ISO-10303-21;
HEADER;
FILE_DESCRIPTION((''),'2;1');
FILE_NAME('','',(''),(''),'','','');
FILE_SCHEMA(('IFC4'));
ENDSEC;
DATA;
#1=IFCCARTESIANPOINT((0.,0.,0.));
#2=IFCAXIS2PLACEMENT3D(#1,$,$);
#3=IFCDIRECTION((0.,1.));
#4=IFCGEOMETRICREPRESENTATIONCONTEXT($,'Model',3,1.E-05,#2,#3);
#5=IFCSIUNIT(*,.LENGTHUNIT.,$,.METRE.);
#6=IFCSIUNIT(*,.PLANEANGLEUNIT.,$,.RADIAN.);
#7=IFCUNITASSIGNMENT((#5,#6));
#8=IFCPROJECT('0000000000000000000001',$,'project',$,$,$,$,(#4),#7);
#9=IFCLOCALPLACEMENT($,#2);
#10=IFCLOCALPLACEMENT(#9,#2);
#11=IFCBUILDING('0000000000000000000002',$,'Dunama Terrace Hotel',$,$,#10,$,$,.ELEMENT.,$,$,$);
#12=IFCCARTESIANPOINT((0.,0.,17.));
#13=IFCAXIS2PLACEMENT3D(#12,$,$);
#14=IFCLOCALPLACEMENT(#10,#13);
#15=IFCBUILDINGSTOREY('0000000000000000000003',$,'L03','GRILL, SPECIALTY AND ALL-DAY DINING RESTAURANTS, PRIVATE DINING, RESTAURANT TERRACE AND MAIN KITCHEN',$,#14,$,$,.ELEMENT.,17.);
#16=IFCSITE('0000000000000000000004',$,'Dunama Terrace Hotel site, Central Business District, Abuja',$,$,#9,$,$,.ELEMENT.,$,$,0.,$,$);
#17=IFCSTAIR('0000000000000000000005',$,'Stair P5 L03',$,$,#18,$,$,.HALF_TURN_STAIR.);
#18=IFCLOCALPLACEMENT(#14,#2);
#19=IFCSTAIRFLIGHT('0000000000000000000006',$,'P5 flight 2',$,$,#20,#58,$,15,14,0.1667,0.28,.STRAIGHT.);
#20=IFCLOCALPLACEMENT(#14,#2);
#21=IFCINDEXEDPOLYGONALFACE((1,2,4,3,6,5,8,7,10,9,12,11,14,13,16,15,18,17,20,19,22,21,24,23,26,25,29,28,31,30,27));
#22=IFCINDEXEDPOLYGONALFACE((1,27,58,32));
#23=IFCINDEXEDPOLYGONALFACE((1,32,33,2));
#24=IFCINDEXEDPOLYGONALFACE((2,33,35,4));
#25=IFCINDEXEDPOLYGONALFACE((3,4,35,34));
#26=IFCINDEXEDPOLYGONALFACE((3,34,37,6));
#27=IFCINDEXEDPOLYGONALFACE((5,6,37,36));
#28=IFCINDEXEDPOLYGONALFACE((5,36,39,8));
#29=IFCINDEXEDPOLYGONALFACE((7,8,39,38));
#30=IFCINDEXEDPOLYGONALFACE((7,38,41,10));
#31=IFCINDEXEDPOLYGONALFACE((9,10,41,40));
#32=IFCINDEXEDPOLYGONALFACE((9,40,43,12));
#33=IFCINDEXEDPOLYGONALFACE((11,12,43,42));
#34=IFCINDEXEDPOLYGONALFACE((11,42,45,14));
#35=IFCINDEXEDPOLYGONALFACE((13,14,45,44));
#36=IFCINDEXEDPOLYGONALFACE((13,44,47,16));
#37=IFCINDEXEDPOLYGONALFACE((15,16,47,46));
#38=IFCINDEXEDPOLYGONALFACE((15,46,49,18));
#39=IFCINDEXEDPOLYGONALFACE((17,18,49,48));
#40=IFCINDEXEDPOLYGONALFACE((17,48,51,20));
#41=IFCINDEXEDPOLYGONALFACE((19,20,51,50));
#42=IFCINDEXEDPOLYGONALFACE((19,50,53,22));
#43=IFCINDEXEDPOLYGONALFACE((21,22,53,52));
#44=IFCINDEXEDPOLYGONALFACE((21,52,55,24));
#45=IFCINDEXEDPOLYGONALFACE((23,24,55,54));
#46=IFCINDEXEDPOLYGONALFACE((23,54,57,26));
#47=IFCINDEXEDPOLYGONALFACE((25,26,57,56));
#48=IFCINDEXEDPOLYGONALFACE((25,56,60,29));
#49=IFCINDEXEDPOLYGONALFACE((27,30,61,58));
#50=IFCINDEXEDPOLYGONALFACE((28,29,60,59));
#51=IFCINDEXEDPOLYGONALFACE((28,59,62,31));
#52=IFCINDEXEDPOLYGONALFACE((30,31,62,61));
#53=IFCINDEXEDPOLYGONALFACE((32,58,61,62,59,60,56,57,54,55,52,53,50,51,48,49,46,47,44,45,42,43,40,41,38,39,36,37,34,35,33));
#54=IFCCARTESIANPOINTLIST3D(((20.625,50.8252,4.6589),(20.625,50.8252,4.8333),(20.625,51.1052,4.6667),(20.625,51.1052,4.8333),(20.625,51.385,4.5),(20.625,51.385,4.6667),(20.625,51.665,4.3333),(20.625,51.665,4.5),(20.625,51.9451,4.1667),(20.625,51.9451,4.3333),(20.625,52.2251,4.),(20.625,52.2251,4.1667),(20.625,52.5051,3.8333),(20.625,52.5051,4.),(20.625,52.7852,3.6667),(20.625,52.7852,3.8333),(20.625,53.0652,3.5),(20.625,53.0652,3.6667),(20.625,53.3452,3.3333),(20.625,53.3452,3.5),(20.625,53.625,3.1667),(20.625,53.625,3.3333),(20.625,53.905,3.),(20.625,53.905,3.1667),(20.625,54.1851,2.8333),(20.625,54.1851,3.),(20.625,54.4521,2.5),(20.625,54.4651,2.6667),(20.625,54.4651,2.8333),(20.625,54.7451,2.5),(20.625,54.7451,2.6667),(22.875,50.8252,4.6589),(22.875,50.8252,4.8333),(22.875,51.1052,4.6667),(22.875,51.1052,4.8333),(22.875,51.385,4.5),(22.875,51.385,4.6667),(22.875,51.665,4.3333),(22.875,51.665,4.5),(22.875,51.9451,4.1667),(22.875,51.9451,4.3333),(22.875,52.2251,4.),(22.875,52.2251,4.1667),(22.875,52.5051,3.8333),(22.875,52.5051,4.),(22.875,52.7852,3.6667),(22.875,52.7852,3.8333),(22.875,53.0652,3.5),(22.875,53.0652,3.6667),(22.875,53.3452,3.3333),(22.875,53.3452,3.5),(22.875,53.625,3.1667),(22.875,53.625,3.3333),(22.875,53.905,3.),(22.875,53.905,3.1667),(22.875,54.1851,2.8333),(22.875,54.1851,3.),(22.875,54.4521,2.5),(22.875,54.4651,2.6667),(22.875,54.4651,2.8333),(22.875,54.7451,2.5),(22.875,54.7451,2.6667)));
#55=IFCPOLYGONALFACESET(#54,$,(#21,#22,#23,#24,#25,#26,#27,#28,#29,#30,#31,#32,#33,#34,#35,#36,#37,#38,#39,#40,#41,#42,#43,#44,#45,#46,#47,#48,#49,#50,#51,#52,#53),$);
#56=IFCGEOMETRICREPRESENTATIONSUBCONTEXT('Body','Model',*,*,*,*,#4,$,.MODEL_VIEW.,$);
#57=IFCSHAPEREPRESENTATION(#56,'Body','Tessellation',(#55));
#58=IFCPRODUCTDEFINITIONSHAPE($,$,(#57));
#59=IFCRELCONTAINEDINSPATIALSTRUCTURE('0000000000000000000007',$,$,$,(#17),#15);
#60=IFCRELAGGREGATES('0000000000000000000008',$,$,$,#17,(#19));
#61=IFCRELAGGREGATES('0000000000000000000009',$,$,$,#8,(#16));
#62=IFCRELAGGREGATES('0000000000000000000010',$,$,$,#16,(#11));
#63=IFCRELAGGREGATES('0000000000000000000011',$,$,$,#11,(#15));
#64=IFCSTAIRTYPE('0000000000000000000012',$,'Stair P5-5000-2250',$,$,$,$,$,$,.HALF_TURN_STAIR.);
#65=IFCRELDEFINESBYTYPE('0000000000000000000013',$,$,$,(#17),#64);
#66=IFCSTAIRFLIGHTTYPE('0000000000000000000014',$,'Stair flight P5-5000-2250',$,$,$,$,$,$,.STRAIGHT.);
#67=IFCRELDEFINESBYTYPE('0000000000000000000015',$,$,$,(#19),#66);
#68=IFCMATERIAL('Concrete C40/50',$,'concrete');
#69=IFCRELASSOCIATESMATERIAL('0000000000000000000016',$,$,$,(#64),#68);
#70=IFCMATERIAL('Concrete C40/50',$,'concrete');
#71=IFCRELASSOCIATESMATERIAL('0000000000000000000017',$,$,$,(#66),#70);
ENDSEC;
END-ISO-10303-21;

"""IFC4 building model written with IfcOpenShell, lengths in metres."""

from ifc_helpers import new_model, si_unit, direction, frame, origin, place, context, subcontext, project, spatial, polyline, outline, extrude, material, type_object, element, aggregate, save


model = new_model("IFC4")

# Units and contexts
model_context = context("Model", 3, precision=1e-05, world=origin(), true_north=direction((0.0, 1.0)))
body_context = subcontext(model_context, "Body", "Model", "MODEL_VIEW")
ifc_project = project(units=[si_unit("LENGTHUNIT", "METRE"), si_unit("PLANEANGLEUNIT", "RADIAN")], contexts=[model_context])

# Site, building, storey
site_placement = place(None, origin())
site = spatial("IfcSite", under=ifc_project, at=site_placement, Name="Dunama Terrace Hotel site, Central Business District, Abuja", CompositionType="ELEMENT", RefElevation=0.0)
building_placement = place(site_placement, origin())
building = spatial("IfcBuilding", under=site, at=building_placement, Name="Dunama Terrace Hotel", CompositionType="ELEMENT")
storey_placement = place(building_placement, frame((0.0, 0.0, 17.0)))
storey = spatial("IfcBuildingStorey", under=building, at=storey_placement, Name="L03", Description="GRILL, SPECIALTY AND ALL-DAY DINING RESTAURANTS, PRIVATE DINING, RESTAURANT TERRACE AND MAIN KITCHEN", CompositionType="ELEMENT", Elevation=17.0)

# Stair, stair flight
ifc_material_1 = material(Name="Concrete C40/50", Category="concrete")
stair_type = type_object("IfcStairType", Name="Stair P5-5000-2250", PredefinedType="HALF_TURN_STAIR", material=ifc_material_1)
stair_placement = place(storey_placement, origin())
stair = element("IfcStair", 1, at=stair_placement, inside=storey, type_object=stair_type, Name="Stair P5 L03", PredefinedType="HALF_TURN_STAIR")
ifc_material_2 = material(Name="Concrete C40/50", Category="concrete")
stair_flight_type = type_object("IfcStairFlightType", Name="Stair flight P5-5000-2250", PredefinedType="STRAIGHT", material=ifc_material_2)
stair_flight_placement = place(storey_placement, frame((21.75, 54.7451, 2.5), z_axis=(0.0, 0.0, 1.0), x_axis=(0.0, -1.0, 0.0)))
stair_flight = element("IfcStairFlight", 2, at=stair_flight_placement, type_object=stair_flight_type, Name="P5 flight 2", NumberOfRisers=15, NumberOfTreads=14, PredefinedType="STRAIGHT", RiserHeight=0.1667, TreadLength=0.28, context=body_context, shape_type="SweptSolid", body=[
    extrude(outline(polyline([(0.0, 0.0), (0.0, 0.1667), (0.28, 0.1667), (0.28, 0.3333), (0.5601, 0.3333), (0.5601, 0.5), (0.8401, 0.5), (0.8401, 0.6667), (1.1201, 0.6667), (1.1201, 0.8333), (1.3999, 0.8333), (1.3999, 1.0), (1.6799, 1.0), (1.6799, 1.1667), (1.96, 1.1667), (1.96, 1.3333), (2.24, 1.3333), (2.24, 1.5), (2.52, 1.5), (2.52, 1.6667), (2.8, 1.6667), (2.8, 1.8333), (3.0801, 1.8333), (3.0801, 2.0), (3.3601, 2.0), (3.3601, 2.1667), (3.6399, 2.1667), (3.6399, 2.3333), (3.9199, 2.3333), (3.9199, 2.5), (3.9199, 2.1589), (0.293, 0.0), (0.0, 0.0)])), frame((0.0, 1.125, 0.0), z_axis=(0.0, -1.0, 0.0), x_axis=(1.0, 0.0, 0.0)), (0.0, 0.0, 1.0), 2.25),
])
aggregate(stair, [stair_flight])

save(model, "model.ifc")
